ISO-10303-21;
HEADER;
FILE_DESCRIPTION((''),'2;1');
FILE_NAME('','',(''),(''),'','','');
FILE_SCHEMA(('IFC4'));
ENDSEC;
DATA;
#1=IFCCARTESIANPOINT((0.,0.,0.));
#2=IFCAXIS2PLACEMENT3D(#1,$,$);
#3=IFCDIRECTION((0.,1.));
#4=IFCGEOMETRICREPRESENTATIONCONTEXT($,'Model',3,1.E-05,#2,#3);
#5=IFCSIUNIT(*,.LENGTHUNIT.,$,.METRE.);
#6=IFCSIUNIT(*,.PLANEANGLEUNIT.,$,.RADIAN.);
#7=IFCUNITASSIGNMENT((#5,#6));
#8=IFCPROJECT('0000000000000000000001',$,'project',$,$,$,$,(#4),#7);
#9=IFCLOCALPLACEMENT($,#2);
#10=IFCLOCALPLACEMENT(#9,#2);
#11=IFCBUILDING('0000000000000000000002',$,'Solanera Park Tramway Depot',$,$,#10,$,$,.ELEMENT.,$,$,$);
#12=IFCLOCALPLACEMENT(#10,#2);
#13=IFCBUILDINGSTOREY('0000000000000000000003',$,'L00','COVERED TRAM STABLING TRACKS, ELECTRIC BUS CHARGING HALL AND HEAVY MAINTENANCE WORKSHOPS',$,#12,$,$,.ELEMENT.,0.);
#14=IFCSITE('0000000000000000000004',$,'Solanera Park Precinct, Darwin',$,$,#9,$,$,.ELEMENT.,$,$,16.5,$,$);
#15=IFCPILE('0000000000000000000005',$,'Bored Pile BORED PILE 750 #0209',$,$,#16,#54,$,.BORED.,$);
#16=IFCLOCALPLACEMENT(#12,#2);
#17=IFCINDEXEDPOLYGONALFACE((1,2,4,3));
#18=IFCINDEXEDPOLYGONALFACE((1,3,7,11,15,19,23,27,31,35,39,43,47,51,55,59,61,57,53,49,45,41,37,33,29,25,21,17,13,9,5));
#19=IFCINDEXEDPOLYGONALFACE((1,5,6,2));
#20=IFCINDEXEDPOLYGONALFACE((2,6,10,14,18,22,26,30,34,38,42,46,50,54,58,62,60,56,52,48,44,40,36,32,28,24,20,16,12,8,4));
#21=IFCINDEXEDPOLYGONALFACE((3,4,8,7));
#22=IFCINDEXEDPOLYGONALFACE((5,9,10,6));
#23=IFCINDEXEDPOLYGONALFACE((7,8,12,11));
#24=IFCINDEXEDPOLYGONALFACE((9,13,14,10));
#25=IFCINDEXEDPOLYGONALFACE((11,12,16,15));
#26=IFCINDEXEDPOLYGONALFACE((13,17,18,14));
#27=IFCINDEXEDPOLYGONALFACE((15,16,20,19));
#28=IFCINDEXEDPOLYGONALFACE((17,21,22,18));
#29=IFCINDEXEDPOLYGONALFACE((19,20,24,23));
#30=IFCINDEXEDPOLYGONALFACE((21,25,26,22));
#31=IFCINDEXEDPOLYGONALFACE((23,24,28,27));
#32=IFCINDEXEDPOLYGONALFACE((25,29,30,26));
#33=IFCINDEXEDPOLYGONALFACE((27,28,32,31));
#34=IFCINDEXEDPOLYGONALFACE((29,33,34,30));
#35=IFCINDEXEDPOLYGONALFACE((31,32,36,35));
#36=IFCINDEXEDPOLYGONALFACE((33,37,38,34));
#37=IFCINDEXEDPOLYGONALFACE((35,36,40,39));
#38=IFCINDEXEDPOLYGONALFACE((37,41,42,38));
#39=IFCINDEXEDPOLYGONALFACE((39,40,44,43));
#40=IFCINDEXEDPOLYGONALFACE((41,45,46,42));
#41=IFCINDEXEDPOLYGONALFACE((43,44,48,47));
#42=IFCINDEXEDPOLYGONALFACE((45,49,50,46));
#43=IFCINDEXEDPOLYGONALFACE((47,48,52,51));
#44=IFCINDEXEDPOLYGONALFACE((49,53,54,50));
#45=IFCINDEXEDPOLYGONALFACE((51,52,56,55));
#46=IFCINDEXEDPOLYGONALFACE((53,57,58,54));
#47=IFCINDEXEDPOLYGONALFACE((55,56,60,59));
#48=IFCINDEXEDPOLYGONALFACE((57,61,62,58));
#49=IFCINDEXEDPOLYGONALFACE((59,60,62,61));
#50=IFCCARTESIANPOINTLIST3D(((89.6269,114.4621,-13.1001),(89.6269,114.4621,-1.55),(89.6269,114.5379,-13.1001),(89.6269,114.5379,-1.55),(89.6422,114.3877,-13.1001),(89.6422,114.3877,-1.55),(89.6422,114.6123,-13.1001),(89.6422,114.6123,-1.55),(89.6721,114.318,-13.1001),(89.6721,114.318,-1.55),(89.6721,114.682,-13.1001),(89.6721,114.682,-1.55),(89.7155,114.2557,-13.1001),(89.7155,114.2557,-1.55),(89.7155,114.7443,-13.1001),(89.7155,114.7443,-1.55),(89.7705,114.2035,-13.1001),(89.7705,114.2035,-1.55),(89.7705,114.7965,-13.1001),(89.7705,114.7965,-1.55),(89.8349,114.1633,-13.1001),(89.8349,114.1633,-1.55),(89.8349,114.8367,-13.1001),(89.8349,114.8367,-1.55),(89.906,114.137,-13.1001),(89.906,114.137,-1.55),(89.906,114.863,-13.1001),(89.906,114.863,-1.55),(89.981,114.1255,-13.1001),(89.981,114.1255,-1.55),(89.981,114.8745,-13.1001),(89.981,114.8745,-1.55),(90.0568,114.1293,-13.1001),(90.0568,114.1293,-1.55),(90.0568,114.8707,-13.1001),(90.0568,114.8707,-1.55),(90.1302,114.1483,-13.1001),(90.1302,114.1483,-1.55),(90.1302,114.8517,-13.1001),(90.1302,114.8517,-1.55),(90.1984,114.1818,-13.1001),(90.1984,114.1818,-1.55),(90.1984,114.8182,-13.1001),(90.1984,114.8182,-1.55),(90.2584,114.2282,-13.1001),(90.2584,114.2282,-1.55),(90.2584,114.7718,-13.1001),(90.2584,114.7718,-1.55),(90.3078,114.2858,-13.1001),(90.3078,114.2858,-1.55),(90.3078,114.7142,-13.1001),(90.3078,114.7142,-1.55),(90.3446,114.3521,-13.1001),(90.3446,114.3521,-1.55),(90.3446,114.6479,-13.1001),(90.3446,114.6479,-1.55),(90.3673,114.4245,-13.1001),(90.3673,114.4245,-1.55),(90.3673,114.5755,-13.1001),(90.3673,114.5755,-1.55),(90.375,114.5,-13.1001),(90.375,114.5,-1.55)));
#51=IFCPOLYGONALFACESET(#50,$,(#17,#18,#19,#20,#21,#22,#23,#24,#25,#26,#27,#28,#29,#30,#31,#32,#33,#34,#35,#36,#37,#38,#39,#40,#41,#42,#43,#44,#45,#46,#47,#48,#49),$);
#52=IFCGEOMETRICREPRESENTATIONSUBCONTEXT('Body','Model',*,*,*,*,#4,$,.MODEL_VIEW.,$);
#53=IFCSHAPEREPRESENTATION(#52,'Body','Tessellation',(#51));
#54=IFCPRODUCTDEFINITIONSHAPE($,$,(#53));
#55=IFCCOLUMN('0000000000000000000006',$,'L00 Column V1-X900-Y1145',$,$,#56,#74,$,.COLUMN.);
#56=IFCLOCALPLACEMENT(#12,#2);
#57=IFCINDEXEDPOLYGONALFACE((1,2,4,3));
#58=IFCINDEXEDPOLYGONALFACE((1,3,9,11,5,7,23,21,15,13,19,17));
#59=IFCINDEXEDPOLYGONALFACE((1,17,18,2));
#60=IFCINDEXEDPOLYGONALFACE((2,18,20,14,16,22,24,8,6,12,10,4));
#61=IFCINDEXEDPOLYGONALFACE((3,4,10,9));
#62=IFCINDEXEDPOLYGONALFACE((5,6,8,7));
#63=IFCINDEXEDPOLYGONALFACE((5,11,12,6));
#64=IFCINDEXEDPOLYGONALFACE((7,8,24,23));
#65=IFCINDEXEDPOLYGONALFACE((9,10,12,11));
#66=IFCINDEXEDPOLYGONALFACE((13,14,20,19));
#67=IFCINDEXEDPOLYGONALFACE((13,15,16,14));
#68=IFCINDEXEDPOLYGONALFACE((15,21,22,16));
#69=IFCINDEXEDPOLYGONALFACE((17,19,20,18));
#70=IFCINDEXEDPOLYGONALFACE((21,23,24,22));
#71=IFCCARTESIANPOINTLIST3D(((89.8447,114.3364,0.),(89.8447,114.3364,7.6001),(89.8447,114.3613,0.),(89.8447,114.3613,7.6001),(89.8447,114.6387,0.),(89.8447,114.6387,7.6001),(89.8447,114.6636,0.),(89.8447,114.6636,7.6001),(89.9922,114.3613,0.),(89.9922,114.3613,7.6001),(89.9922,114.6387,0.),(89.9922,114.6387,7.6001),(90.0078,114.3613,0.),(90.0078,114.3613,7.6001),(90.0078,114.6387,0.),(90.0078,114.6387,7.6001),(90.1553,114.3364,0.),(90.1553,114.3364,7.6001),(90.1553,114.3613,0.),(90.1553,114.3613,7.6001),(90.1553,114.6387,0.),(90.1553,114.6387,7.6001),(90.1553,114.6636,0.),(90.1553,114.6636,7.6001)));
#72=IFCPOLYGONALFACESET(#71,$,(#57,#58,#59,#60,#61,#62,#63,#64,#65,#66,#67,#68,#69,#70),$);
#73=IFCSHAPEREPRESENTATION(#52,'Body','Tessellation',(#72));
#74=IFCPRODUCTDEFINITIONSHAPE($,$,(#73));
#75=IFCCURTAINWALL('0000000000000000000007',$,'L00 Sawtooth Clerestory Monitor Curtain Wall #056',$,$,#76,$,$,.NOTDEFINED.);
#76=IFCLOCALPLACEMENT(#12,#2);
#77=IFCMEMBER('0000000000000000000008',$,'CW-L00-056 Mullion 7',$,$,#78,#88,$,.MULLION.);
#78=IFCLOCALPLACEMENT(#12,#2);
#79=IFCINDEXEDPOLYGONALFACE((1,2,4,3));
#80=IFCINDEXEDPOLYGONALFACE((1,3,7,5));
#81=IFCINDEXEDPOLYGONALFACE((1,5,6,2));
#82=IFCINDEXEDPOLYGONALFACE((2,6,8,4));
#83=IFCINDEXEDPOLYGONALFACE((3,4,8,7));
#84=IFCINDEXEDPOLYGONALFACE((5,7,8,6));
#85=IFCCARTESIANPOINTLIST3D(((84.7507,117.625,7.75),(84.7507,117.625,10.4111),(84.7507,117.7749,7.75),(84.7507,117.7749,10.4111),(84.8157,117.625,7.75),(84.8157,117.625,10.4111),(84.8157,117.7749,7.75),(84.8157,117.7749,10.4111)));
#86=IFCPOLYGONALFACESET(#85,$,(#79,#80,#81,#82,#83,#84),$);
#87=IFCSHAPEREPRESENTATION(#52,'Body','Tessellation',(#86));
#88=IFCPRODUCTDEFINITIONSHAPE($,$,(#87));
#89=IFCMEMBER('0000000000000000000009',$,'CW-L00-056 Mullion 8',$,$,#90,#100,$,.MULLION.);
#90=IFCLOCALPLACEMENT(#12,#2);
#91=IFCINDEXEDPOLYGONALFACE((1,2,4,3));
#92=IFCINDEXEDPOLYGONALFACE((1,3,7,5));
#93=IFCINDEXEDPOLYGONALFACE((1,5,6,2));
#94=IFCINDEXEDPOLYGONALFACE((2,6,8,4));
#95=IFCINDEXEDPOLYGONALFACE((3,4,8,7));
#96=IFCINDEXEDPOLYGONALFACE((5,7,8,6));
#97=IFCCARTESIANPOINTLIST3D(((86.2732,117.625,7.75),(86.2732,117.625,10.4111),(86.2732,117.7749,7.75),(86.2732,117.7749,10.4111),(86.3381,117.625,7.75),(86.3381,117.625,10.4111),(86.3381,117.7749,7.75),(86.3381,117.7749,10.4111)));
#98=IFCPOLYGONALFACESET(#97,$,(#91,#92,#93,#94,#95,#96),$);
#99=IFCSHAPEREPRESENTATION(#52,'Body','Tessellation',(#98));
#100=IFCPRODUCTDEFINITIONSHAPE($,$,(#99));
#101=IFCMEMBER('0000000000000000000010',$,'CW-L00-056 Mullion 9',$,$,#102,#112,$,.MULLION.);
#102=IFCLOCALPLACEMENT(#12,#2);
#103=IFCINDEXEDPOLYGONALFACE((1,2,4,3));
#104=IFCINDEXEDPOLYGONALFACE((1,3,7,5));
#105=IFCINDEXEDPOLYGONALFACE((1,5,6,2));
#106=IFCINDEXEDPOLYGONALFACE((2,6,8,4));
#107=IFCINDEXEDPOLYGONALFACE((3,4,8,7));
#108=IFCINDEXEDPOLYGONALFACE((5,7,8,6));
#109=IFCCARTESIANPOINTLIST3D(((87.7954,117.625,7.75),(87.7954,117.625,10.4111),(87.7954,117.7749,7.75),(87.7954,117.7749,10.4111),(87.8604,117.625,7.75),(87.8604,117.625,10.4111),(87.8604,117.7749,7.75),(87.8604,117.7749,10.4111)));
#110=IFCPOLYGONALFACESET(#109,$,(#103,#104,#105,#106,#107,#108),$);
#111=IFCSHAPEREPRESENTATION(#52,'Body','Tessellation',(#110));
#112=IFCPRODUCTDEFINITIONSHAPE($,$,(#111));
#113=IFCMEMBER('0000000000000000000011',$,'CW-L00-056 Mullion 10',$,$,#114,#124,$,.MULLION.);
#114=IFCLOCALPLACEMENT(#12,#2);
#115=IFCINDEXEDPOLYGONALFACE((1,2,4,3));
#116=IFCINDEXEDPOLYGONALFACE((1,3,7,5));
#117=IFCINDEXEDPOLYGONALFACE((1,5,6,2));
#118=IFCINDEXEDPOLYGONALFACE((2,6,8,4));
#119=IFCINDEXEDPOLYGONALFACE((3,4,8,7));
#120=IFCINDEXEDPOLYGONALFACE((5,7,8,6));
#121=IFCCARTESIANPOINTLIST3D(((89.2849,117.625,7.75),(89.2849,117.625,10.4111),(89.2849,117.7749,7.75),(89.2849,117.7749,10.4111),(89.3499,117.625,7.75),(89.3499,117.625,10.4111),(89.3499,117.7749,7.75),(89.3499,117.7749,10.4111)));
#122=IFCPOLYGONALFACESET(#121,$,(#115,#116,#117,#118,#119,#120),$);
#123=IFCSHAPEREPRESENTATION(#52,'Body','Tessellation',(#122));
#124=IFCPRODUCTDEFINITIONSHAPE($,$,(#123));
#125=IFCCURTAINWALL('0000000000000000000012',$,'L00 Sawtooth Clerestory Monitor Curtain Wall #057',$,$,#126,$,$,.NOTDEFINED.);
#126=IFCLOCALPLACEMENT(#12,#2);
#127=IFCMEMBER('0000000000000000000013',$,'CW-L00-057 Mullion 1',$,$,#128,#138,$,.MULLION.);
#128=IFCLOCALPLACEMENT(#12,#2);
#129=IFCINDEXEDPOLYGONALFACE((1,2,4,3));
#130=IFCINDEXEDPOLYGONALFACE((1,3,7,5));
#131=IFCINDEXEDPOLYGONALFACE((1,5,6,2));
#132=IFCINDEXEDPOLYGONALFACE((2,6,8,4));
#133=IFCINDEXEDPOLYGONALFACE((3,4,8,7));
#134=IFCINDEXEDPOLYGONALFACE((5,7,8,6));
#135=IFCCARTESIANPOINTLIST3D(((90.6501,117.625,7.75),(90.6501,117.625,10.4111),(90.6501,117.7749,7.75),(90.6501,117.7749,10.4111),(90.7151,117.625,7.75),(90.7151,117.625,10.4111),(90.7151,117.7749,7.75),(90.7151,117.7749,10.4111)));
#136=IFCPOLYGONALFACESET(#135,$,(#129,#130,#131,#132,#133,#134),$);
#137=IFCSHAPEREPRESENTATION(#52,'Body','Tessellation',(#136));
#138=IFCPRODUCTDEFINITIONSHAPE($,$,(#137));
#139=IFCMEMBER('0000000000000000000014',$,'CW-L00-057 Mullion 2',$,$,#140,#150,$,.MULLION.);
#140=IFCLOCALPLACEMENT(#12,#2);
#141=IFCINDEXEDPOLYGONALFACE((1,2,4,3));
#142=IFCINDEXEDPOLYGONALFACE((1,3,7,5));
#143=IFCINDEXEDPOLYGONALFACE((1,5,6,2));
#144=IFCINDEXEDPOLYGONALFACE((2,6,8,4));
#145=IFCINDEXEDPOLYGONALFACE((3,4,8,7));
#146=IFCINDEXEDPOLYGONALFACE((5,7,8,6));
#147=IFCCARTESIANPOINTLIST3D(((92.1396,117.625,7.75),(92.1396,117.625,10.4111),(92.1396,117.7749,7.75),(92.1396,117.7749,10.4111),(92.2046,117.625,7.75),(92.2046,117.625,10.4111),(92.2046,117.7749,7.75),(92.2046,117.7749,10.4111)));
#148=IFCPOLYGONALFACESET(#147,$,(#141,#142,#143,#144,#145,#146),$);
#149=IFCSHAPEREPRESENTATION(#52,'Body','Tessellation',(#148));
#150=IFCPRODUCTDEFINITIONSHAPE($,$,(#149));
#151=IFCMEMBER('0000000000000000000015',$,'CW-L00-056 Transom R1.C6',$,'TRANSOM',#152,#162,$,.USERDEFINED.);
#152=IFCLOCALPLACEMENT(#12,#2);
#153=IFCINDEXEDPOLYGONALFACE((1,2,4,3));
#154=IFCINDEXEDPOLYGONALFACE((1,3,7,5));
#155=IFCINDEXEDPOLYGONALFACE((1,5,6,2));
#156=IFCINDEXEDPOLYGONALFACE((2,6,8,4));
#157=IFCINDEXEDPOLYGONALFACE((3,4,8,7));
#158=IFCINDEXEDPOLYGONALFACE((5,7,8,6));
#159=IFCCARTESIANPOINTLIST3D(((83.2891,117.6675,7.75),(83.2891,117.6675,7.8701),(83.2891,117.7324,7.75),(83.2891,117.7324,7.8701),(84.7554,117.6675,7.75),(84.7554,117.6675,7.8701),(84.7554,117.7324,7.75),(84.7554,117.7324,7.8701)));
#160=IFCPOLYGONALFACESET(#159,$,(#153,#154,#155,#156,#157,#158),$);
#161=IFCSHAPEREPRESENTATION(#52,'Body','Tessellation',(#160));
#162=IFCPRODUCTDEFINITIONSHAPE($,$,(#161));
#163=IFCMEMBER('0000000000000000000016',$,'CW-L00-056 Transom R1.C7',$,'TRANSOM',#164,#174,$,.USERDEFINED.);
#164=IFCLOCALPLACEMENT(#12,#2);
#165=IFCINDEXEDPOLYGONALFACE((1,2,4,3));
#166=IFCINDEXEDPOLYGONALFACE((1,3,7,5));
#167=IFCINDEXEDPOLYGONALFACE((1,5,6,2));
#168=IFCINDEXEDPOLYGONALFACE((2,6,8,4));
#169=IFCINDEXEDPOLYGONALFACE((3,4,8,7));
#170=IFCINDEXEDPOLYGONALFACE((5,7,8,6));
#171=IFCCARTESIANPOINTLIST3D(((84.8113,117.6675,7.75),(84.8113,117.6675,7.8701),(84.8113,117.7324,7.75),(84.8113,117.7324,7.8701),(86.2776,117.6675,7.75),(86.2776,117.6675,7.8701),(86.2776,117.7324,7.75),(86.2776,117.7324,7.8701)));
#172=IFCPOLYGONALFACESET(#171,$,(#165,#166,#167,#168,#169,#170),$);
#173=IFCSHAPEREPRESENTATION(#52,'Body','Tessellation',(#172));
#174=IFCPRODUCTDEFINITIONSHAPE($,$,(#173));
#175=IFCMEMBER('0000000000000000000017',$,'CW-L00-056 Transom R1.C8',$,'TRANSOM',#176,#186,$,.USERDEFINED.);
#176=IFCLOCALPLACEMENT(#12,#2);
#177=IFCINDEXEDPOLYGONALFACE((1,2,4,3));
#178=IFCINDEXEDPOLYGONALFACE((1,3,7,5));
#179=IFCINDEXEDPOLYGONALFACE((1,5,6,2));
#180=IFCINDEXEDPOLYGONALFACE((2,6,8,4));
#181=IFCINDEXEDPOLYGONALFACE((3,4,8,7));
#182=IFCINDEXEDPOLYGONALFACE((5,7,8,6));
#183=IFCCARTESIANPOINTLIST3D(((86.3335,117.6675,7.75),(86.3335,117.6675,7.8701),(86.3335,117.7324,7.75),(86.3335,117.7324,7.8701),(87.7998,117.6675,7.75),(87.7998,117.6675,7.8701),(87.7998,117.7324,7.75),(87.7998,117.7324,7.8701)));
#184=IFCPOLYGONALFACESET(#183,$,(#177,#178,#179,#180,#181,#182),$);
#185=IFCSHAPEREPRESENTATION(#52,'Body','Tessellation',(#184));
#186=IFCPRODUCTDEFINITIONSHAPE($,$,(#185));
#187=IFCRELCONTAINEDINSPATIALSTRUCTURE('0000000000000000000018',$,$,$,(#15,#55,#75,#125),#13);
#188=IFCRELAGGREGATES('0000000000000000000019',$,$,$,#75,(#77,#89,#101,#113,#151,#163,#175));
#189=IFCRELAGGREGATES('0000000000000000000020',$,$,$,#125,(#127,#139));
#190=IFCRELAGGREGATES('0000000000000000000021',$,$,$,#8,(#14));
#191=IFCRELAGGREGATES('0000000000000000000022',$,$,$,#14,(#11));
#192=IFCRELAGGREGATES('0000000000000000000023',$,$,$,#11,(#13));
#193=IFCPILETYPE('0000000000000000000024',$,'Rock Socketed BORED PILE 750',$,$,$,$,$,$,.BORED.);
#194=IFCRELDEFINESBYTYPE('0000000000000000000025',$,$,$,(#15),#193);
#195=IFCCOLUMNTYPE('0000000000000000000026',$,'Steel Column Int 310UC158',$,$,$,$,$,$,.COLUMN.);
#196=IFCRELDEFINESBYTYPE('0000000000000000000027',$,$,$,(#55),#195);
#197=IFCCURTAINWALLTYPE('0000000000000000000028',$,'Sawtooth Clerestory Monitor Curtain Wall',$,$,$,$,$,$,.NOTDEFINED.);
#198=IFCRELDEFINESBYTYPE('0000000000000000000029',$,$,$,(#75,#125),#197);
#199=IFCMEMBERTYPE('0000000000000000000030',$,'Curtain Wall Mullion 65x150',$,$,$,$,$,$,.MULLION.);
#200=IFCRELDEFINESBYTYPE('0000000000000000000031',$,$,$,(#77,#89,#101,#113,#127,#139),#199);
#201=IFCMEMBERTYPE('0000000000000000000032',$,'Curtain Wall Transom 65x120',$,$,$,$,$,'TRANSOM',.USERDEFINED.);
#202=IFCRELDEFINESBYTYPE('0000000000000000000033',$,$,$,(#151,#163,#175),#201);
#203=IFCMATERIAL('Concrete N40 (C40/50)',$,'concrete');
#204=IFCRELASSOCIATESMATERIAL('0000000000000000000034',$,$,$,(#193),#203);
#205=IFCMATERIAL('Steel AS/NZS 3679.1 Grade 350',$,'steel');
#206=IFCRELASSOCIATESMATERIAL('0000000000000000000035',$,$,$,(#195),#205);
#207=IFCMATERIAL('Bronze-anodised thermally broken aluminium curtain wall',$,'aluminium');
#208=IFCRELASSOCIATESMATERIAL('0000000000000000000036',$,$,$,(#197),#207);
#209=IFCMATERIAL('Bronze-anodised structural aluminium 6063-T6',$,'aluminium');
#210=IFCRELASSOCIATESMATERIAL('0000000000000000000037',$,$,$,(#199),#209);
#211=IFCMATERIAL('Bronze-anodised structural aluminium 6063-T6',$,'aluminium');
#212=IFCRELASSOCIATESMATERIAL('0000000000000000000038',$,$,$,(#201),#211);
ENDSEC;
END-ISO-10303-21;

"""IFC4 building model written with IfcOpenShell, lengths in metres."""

from ifc_helpers import new_model, si_unit, direction, frame, origin, origin_2d, place, context, subcontext, project, spatial, rectangle, circle, i_section, extrude, material, material_profile, profile_set, type_object, element, aggregate, save


model = new_model("IFC4")

# Units and contexts
model_context = context("Model", 3, precision=1e-05, world=origin(), true_north=direction((0.0, 1.0)))
body_context = subcontext(model_context, "Body", "Model", "MODEL_VIEW")
ifc_project = project(units=[si_unit("LENGTHUNIT", "METRE"), si_unit("PLANEANGLEUNIT", "RADIAN")], contexts=[model_context])

# Site, building, storey
site_placement = place(None, origin())
site = spatial("IfcSite", under=ifc_project, at=site_placement, Name="Solanera Park Precinct, Darwin", CompositionType="ELEMENT", RefElevation=16.5)
building_placement = place(site_placement, origin())
building = spatial("IfcBuilding", under=site, at=building_placement, Name="Solanera Park Tramway Depot", CompositionType="ELEMENT")
storey_placement = place(building_placement, origin())
storey = spatial("IfcBuildingStorey", under=building, at=storey_placement, Name="L00", Description="COVERED TRAM STABLING TRACKS, ELECTRIC BUS CHARGING HALL AND HEAVY MAINTENANCE WORKSHOPS", CompositionType="ELEMENT", Elevation=0.0)

# Pile
ifc_material_1 = material(Name="Concrete N40 (C40/50)", Category="concrete")
ifc_material_profile_1 = material_profile(ifc_material_1, circle(Radius=0.375, at=origin_2d()), Name="BORED PILE 750")
ifc_profile_set_1 = profile_set([ifc_material_profile_1], Name="Concrete N40 (C40/50)")
pile_type = type_object("IfcPileType", Name="Rock Socketed BORED PILE 750", PredefinedType="BORED", material=ifc_profile_set_1)
pile_placement = place(storey_placement, frame((90.0, 114.5, -1.55), z_axis=(0.0, 0.0, -1.0), x_axis=(1.0, 0.0, 0.0)))
element("IfcPile", 1, at=pile_placement, inside=storey, type_object=pile_type, Name="Bored Pile BORED PILE 750 #0209", PredefinedType="BORED", context=body_context, shape_type="SweptSolid", body=[
    extrude(circle(Radius=0.375, at=origin_2d()), origin(), (0.0, 0.0, 1.0), 11.55),
])

# Column
ifc_material_2 = material(Name="Steel AS/NZS 3679.1 Grade 350", Category="steel")
ifc_material_profile_2 = material_profile(ifc_material_2, i_section(OverallWidth=0.3105, OverallDepth=0.3271, WebThickness=0.0156, FlangeThickness=0.0249, at=origin_2d()), Name="310UC158")
ifc_profile_set_2 = profile_set([ifc_material_profile_2], Name="Steel AS/NZS 3679.1 Grade 350")
column_type = type_object("IfcColumnType", Name="Steel Column Int 310UC158", PredefinedType="COLUMN", material=ifc_profile_set_2)
column_placement = place(storey_placement, frame((90.0, 114.5, 0.0), z_axis=(0.0, 0.0, 1.0), x_axis=(1.0, 0.0, 0.0)))
element("IfcColumn", 2, at=column_placement, inside=storey, type_object=column_type, Name="L00 Column V1-X900-Y1145", PredefinedType="COLUMN", context=body_context, shape_type="SweptSolid", body=[
    extrude(i_section(OverallWidth=0.3105, OverallDepth=0.3271, WebThickness=0.0156, FlangeThickness=0.0249, at=origin_2d()), origin(), (0.0, 0.0, 1.0), 7.6001),
])

# Curtain walls, members
ifc_material_3 = material(Name="Bronze-anodised thermally broken aluminium curtain wall", Category="aluminium")
curtain_wall_type = type_object("IfcCurtainWallType", Name="Sawtooth Clerestory Monitor Curtain Wall", PredefinedType="NOTDEFINED", material=ifc_material_3)
curtain_wall_1_placement = place(storey_placement, origin())
curtain_wall_1 = element("IfcCurtainWall", 3, at=curtain_wall_1_placement, inside=storey, type_object=curtain_wall_type, Name="L00 Sawtooth Clerestory Monitor Curtain Wall #056", PredefinedType="NOTDEFINED")
ifc_material_4 = material(Name="Bronze-anodised structural aluminium 6063-T6", Category="aluminium")
ifc_material_profile_3 = material_profile(ifc_material_4, rectangle(XDim=0.0649, YDim=0.1499, at=origin_2d()), Name="Curtain Wall Mullion 65x150")
ifc_profile_set_3 = profile_set([ifc_material_profile_3], Name="Bronze-anodised structural aluminium 6063-T6")
member_type_1 = type_object("IfcMemberType", Name="Curtain Wall Mullion 65x150", PredefinedType="MULLION", material=ifc_profile_set_3)
member_1_placement = place(storey_placement, frame((84.7832, 117.7, 7.75), z_axis=(0.0, 0.0, 1.0), x_axis=(1.0, 0.0, 0.0)))
member_1 = element("IfcMember", 4, at=member_1_placement, type_object=member_type_1, Name="CW-L00-056 Mullion 7", PredefinedType="MULLION", context=body_context, shape_type="SweptSolid", body=[
    extrude(rectangle(XDim=0.0649, YDim=0.1499, at=origin_2d()), origin(), (0.0, 0.0, 1.0), 2.6611),
])
member_2_placement = place(storey_placement, frame((86.3057, 117.7, 7.75), z_axis=(0.0, 0.0, 1.0), x_axis=(1.0, 0.0, 0.0)))
member_2 = element("IfcMember", 5, at=member_2_placement, type_object=member_type_1, Name="CW-L00-056 Mullion 8", PredefinedType="MULLION", context=body_context, shape_type="SweptSolid", body=[
    extrude(rectangle(XDim=0.0649, YDim=0.1499, at=origin_2d()), origin(), (0.0, 0.0, 1.0), 2.6611),
])
member_3_placement = place(storey_placement, frame((87.8279, 117.7, 7.75), z_axis=(0.0, 0.0, 1.0), x_axis=(1.0, 0.0, 0.0)))
member_3 = element("IfcMember", 6, at=member_3_placement, type_object=member_type_1, Name="CW-L00-056 Mullion 9", PredefinedType="MULLION", context=body_context, shape_type="SweptSolid", body=[
    extrude(rectangle(XDim=0.0649, YDim=0.1499, at=origin_2d()), origin(), (0.0, 0.0, 1.0), 2.6611),
])
member_4_placement = place(storey_placement, frame((89.3174, 117.7, 7.75), z_axis=(0.0, 0.0, 1.0), x_axis=(1.0, 0.0, 0.0)))
member_4 = element("IfcMember", 7, at=member_4_placement, type_object=member_type_1, Name="CW-L00-056 Mullion 10", PredefinedType="MULLION", context=body_context, shape_type="SweptSolid", body=[
    extrude(rectangle(XDim=0.0649, YDim=0.1499, at=origin_2d()), origin(), (0.0, 0.0, 1.0), 2.6611),
])
curtain_wall_2_placement = place(storey_placement, origin())
curtain_wall_2 = element("IfcCurtainWall", 8, at=curtain_wall_2_placement, inside=storey, type_object=curtain_wall_type, Name="L00 Sawtooth Clerestory Monitor Curtain Wall #057", PredefinedType="NOTDEFINED")
member_5_placement = place(storey_placement, frame((90.6826, 117.7, 7.75), z_axis=(0.0, 0.0, 1.0), x_axis=(1.0, 0.0, 0.0)))
member_5 = element("IfcMember", 9, at=member_5_placement, type_object=member_type_1, Name="CW-L00-057 Mullion 1", PredefinedType="MULLION", context=body_context, shape_type="SweptSolid", body=[
    extrude(rectangle(XDim=0.0649, YDim=0.1499, at=origin_2d()), origin(), (0.0, 0.0, 1.0), 2.6611),
])
member_6_placement = place(storey_placement, frame((92.1721, 117.7, 7.75), z_axis=(0.0, 0.0, 1.0), x_axis=(1.0, 0.0, 0.0)))
member_6 = element("IfcMember", 10, at=member_6_placement, type_object=member_type_1, Name="CW-L00-057 Mullion 2", PredefinedType="MULLION", context=body_context, shape_type="SweptSolid", body=[
    extrude(rectangle(XDim=0.0649, YDim=0.1499, at=origin_2d()), origin(), (0.0, 0.0, 1.0), 2.6611),
])

# Members
ifc_material_5 = material(Name="Bronze-anodised structural aluminium 6063-T6", Category="aluminium")
ifc_material_profile_4 = material_profile(ifc_material_5, rectangle(XDim=0.0649, YDim=0.1201, at=origin_2d()), Name="Curtain Wall Transom 65x120")
ifc_profile_set_4 = profile_set([ifc_material_profile_4], Name="Bronze-anodised structural aluminium 6063-T6")
member_type_2 = type_object("IfcMemberType", Name="Curtain Wall Transom 65x120", ElementType="TRANSOM", PredefinedType="USERDEFINED", material=ifc_profile_set_4)
member_7_placement = place(storey_placement, frame((83.2891, 117.7, 7.8101), z_axis=(1.0, 0.0, 0.0), x_axis=(0.0, 1.0, 0.0)))
member_7 = element("IfcMember", 11, at=member_7_placement, type_object=member_type_2, Name="CW-L00-056 Transom R1.C6", ObjectType="TRANSOM", PredefinedType="USERDEFINED", context=body_context, shape_type="SweptSolid", body=[
    extrude(rectangle(XDim=0.0649, YDim=0.1201, at=origin_2d()), origin(), (0.0, 0.0, 1.0), 1.4663),
])
member_8_placement = place(storey_placement, frame((84.8113, 117.7, 7.8101), z_axis=(1.0, 0.0, 0.0), x_axis=(0.0, 1.0, 0.0)))
member_8 = element("IfcMember", 12, at=member_8_placement, type_object=member_type_2, Name="CW-L00-056 Transom R1.C7", ObjectType="TRANSOM", PredefinedType="USERDEFINED", context=body_context, shape_type="SweptSolid", body=[
    extrude(rectangle(XDim=0.0649, YDim=0.1201, at=origin_2d()), origin(), (0.0, 0.0, 1.0), 1.4663),
])
member_9_placement = place(storey_placement, frame((86.3335, 117.7, 7.8101), z_axis=(1.0, 0.0, 0.0), x_axis=(0.0, 1.0, 0.0)))
member_9 = element("IfcMember", 13, at=member_9_placement, type_object=member_type_2, Name="CW-L00-056 Transom R1.C8", ObjectType="TRANSOM", PredefinedType="USERDEFINED", context=body_context, shape_type="SweptSolid", body=[
    extrude(rectangle(XDim=0.0649, YDim=0.1201, at=origin_2d()), origin(), (0.0, 0.0, 1.0), 1.4663),
])
aggregate(curtain_wall_1, [member_1, member_2, member_3, member_4, member_7, member_8, member_9])
aggregate(curtain_wall_2, [member_5, member_6])

save(model, "model.ifc")
